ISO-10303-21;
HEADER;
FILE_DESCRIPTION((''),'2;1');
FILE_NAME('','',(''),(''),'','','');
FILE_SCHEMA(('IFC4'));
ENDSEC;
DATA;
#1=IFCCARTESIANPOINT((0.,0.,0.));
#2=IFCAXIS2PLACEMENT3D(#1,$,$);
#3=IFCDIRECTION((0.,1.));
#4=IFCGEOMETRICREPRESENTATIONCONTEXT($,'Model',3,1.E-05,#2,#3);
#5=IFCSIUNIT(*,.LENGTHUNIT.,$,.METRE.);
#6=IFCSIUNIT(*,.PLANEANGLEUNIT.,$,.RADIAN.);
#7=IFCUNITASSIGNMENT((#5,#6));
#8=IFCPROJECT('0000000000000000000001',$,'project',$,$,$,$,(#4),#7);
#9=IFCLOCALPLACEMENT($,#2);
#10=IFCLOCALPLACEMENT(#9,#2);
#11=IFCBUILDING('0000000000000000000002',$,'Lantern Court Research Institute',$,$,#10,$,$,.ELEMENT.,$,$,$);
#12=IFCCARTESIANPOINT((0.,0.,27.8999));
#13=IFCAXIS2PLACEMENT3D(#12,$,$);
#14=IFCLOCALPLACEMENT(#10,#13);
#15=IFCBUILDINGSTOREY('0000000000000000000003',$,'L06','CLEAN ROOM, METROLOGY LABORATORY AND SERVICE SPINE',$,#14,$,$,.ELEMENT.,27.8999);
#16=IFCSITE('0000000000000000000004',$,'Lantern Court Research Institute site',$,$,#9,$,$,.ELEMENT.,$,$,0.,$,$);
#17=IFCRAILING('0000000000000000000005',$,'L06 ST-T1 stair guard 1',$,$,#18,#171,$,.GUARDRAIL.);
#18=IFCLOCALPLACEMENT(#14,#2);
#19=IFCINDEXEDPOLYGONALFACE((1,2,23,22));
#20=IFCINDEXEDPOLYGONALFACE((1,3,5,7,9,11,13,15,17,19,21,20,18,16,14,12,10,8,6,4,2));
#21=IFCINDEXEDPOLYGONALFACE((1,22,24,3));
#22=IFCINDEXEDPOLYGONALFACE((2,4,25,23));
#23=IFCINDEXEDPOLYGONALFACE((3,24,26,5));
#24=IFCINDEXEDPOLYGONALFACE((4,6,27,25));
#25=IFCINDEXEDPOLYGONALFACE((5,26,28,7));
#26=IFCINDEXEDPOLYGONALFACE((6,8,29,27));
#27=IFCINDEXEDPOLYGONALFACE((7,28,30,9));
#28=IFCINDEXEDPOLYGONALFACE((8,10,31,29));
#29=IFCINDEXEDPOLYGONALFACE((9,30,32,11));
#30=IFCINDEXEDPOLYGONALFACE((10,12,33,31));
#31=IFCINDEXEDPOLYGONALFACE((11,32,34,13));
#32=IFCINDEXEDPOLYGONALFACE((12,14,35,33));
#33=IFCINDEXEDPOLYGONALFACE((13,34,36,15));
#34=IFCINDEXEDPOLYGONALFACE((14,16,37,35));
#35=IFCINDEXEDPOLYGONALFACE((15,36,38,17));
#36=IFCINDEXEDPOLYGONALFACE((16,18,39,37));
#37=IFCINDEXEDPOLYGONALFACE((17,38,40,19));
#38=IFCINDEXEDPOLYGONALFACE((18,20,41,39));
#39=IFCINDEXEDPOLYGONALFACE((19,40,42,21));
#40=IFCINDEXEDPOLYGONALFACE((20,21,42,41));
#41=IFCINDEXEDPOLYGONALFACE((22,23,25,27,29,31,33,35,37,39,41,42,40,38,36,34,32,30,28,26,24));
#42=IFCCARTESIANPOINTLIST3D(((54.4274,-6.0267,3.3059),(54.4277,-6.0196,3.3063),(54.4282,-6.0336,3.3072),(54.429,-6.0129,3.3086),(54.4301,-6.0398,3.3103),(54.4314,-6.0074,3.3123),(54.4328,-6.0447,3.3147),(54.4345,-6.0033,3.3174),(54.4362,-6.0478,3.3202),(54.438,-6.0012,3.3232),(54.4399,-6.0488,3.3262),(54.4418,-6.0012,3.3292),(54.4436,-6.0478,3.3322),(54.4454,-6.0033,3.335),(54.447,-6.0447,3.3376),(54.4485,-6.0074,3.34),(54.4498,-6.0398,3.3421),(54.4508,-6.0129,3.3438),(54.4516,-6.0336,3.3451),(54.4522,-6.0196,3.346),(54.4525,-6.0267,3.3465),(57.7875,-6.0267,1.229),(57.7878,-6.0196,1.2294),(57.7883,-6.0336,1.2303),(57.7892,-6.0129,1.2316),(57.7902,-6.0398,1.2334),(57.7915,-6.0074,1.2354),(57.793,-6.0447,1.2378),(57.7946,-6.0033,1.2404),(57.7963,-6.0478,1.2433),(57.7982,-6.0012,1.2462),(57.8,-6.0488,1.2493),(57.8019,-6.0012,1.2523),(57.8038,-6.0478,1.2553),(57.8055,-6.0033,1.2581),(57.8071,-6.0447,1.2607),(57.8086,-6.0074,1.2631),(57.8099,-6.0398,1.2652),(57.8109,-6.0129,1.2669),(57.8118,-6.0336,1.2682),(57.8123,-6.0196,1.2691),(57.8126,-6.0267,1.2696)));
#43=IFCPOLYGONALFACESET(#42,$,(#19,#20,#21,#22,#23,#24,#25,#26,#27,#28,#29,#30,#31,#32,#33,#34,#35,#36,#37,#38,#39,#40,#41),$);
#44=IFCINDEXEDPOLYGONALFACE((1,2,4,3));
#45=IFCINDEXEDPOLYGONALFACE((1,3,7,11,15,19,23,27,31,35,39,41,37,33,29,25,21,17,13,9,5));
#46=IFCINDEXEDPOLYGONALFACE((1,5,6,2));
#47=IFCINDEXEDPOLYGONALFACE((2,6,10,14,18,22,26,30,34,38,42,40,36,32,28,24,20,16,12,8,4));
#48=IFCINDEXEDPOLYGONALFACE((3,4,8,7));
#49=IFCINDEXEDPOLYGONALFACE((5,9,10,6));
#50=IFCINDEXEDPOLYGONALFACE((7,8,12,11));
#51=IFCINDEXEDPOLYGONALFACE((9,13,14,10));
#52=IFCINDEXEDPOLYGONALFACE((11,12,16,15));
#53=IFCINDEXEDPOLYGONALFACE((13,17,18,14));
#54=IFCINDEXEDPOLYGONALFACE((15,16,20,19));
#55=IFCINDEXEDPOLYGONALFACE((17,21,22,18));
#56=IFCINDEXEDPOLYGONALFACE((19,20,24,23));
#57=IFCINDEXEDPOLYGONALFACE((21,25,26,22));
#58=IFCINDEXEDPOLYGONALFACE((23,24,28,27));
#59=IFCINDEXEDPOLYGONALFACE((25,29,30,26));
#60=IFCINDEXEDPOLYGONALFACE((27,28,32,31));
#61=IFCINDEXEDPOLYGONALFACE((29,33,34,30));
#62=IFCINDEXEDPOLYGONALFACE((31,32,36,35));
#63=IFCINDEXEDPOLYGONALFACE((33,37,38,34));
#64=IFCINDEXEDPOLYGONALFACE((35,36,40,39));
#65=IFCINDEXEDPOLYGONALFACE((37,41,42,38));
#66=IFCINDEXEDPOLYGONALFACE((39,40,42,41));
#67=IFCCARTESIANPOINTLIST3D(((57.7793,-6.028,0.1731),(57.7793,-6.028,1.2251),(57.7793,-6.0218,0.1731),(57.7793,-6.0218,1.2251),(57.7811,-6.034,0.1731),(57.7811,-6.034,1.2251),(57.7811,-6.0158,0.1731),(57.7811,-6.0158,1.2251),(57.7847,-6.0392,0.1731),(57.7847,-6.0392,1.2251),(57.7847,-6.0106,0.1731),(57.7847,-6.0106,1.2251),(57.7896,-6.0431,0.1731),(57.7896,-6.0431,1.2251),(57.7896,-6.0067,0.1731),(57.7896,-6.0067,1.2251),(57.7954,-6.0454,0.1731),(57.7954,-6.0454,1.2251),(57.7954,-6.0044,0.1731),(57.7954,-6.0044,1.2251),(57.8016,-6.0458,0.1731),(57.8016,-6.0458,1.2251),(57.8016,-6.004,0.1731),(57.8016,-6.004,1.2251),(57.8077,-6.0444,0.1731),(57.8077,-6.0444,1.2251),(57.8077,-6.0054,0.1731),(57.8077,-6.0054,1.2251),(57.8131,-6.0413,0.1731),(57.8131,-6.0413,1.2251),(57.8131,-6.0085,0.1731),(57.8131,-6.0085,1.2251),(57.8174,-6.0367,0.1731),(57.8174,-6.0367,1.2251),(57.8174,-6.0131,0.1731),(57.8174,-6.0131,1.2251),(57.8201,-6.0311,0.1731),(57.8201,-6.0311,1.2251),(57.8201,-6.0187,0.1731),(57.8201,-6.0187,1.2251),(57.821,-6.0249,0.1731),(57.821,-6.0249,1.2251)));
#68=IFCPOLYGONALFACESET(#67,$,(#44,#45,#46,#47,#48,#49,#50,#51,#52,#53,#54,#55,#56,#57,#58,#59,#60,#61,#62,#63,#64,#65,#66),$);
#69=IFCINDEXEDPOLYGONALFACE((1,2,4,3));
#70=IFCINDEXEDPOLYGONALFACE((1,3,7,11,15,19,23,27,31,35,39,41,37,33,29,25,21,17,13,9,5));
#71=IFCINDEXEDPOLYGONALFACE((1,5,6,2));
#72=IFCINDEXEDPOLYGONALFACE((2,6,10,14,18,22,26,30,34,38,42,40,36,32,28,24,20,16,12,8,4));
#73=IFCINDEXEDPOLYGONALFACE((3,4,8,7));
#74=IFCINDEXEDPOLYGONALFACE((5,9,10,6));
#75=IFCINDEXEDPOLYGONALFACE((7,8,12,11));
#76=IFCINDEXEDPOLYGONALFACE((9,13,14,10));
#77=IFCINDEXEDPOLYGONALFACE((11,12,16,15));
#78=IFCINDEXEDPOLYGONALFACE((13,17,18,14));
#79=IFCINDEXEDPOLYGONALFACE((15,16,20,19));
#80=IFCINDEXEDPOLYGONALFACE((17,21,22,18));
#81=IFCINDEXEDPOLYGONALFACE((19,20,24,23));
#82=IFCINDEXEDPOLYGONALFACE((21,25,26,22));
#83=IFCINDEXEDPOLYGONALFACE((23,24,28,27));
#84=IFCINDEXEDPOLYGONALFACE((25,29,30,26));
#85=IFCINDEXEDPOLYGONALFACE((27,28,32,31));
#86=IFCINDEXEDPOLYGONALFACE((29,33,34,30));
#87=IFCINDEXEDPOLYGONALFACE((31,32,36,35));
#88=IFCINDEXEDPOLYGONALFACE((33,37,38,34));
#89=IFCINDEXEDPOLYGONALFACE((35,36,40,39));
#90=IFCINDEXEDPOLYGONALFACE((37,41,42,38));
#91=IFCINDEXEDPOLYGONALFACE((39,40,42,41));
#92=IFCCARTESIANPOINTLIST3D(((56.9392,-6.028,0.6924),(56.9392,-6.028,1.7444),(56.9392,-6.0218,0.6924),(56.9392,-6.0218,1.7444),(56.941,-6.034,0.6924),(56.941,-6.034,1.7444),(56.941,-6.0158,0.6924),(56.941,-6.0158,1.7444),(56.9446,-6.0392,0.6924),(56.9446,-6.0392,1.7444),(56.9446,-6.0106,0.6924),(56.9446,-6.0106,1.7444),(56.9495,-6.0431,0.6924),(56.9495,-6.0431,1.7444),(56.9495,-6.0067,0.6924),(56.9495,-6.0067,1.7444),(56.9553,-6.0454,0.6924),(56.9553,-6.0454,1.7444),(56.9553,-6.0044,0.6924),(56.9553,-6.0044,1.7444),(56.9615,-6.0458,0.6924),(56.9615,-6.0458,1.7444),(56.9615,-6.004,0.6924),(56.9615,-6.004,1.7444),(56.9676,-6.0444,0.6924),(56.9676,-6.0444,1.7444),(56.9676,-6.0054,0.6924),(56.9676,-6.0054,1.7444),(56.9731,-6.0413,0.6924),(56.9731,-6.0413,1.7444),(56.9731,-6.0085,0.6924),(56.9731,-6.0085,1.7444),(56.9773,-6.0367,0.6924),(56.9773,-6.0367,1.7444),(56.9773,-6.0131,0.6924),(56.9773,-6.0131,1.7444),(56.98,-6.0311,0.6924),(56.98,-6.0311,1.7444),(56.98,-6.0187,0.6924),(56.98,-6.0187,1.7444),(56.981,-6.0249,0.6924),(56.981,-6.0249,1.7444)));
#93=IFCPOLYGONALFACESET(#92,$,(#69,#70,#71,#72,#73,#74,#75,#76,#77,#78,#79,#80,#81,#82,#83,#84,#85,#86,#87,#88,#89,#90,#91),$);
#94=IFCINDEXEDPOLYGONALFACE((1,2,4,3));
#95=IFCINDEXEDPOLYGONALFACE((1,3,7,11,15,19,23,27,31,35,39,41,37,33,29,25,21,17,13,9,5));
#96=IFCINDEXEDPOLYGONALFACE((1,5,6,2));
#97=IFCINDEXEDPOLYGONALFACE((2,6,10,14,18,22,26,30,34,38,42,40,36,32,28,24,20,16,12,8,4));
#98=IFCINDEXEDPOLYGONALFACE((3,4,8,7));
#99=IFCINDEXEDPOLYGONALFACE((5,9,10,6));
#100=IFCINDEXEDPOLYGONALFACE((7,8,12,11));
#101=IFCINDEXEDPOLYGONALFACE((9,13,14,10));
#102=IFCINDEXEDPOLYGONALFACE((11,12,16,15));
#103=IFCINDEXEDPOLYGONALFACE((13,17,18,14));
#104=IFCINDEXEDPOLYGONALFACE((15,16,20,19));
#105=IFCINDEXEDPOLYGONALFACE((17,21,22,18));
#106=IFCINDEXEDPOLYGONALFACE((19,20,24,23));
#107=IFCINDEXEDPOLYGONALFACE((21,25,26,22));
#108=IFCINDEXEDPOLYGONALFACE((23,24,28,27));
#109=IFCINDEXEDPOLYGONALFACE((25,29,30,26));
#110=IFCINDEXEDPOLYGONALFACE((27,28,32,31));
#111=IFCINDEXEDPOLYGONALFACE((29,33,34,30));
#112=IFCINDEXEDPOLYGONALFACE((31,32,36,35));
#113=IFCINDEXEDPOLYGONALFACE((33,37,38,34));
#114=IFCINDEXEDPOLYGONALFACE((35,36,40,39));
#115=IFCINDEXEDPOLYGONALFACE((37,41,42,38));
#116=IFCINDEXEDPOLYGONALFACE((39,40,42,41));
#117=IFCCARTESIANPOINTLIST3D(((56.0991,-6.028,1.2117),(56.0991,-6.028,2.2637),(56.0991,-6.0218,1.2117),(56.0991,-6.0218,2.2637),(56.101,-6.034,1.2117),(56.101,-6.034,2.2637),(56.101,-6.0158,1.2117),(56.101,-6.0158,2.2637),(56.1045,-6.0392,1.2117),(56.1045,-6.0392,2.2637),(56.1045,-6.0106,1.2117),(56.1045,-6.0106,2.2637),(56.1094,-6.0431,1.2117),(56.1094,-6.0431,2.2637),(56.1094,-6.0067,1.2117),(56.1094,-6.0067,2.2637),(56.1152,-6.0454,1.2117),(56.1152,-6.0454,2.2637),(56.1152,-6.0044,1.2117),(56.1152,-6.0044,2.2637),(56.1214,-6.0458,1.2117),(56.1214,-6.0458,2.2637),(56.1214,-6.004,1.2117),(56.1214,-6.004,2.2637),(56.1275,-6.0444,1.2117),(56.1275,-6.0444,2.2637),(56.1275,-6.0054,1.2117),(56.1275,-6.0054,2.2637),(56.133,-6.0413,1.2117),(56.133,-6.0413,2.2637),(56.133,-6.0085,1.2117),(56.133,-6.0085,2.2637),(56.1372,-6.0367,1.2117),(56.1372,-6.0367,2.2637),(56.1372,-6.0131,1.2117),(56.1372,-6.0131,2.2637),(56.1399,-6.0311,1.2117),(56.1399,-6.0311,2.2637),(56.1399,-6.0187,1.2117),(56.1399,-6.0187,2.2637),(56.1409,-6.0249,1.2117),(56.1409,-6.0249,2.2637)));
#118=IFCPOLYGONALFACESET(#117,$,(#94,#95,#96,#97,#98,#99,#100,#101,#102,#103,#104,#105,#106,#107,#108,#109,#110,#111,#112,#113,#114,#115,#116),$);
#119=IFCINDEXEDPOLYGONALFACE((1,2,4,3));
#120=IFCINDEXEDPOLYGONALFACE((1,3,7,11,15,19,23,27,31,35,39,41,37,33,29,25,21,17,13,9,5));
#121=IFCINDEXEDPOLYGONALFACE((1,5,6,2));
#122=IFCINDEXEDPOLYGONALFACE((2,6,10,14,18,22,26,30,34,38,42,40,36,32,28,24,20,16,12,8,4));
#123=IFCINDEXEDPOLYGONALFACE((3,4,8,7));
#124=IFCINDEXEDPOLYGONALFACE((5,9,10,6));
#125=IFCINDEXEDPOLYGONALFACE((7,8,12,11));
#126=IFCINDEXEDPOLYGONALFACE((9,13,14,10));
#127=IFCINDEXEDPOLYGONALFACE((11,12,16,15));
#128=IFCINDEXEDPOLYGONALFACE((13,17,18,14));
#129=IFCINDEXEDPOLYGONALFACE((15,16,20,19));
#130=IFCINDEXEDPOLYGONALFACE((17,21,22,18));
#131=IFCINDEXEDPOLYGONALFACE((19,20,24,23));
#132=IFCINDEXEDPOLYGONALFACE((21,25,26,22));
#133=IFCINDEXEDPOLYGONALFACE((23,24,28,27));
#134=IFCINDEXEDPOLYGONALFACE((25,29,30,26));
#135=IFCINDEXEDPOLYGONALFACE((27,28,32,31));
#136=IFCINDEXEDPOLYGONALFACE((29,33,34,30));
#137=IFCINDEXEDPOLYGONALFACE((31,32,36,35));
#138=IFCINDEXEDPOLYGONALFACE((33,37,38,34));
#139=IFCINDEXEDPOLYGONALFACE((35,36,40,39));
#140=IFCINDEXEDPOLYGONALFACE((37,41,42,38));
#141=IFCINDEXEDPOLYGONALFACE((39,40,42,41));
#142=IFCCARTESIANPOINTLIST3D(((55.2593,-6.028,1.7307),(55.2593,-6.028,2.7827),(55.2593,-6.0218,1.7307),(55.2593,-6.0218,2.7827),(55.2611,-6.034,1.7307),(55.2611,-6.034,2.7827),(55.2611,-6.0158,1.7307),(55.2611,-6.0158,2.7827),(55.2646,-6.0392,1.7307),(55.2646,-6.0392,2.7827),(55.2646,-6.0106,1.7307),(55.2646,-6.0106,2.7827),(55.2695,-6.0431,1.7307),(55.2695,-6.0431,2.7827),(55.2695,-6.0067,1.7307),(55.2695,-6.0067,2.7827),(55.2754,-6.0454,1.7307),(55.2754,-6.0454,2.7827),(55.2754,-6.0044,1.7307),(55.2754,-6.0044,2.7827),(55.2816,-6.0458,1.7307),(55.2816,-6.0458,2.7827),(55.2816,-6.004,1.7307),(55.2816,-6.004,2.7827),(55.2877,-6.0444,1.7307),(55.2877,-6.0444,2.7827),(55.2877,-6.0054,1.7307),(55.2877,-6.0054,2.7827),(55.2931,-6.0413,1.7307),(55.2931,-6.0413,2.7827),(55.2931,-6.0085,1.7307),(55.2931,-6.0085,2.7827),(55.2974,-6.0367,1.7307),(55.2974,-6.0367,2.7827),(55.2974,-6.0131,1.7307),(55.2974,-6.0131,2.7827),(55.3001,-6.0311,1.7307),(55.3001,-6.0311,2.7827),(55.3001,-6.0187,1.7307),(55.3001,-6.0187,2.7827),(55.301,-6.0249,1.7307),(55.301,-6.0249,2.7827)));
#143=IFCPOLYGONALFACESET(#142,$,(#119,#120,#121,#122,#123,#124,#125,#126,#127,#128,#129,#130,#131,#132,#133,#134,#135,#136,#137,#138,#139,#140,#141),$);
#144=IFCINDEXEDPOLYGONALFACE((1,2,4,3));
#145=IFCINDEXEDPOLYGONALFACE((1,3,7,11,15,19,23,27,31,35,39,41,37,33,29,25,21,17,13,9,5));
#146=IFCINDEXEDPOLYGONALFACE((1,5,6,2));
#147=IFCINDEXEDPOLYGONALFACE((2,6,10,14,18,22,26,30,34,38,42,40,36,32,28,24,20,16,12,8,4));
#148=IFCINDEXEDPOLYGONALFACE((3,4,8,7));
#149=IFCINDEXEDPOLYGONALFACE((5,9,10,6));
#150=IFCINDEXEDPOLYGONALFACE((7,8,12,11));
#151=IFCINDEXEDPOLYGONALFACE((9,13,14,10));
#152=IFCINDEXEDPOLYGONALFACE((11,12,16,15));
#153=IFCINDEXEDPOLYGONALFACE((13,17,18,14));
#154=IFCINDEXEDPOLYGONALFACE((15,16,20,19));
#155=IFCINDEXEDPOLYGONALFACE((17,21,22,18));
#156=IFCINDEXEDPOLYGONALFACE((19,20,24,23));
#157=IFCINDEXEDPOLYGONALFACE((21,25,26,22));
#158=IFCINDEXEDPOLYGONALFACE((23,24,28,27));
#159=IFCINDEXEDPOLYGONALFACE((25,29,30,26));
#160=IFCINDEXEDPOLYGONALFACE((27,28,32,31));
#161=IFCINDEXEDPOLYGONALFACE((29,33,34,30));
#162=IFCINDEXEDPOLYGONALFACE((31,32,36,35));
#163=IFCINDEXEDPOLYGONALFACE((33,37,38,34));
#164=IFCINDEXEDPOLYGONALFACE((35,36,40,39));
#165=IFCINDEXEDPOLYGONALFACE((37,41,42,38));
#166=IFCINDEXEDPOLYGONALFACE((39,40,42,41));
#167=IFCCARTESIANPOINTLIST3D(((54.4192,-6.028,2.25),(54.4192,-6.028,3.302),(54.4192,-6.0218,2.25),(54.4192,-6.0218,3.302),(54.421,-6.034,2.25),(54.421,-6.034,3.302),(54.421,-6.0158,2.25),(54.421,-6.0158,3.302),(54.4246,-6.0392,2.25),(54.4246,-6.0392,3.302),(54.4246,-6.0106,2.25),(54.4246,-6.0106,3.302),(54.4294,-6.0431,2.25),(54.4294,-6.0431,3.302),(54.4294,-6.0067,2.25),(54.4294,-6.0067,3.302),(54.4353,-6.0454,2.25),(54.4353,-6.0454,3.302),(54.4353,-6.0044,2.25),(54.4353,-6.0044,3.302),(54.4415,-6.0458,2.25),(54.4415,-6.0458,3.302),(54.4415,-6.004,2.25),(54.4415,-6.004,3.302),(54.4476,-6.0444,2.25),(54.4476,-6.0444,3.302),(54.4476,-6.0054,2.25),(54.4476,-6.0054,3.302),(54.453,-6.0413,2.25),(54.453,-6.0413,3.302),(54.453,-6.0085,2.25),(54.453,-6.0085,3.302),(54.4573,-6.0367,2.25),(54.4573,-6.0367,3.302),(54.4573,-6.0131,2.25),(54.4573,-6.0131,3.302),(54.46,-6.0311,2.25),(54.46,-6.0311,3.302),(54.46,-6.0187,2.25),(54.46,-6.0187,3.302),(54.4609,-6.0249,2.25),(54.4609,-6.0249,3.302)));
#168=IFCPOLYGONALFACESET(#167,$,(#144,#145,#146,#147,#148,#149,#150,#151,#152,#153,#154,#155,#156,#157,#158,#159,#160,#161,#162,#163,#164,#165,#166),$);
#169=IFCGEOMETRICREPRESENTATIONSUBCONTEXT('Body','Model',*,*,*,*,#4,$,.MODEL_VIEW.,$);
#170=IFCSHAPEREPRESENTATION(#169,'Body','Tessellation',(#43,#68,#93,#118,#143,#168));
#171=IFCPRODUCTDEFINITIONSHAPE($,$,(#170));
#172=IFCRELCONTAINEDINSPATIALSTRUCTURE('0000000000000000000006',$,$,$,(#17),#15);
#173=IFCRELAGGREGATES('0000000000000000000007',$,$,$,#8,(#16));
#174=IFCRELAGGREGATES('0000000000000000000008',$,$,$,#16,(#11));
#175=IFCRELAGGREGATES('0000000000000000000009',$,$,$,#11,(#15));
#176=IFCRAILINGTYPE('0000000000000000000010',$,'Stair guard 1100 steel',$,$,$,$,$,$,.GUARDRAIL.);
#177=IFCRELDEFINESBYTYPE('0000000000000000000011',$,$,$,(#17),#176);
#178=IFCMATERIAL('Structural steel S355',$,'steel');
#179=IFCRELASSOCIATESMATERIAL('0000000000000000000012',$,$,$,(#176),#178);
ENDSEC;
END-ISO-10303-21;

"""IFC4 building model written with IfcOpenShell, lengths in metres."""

from ifc_helpers import new_model, si_unit, direction, frame, origin, origin_2d, place, context, subcontext, project, spatial, circle, extrude, material, type_object, element, save


model = new_model("IFC4")

# Units and contexts
model_context = context("Model", 3, precision=1e-05, world=origin(), true_north=direction((0.0, 1.0)))
body_context = subcontext(model_context, "Body", "Model", "MODEL_VIEW")
ifc_project = project(units=[si_unit("LENGTHUNIT", "METRE"), si_unit("PLANEANGLEUNIT", "RADIAN")], contexts=[model_context])

# Site, building, storey
site_placement = place(None, origin())
site = spatial("IfcSite", under=ifc_project, at=site_placement, Name="Lantern Court Research Institute site", CompositionType="ELEMENT", RefElevation=0.0)
building_placement = place(site_placement, origin())
building = spatial("IfcBuilding", under=site, at=building_placement, Name="Lantern Court Research Institute", CompositionType="ELEMENT")
storey_placement = place(building_placement, frame((0.0, 0.0, 27.8999)))
storey = spatial("IfcBuildingStorey", under=building, at=storey_placement, Name="L06", Description="CLEAN ROOM, METROLOGY LABORATORY AND SERVICE SPINE", CompositionType="ELEMENT", Elevation=27.8999)

# Railing
ifc_material_1 = material(Name="Structural steel S355", Category="steel")
railing_type_1 = type_object("IfcRailingType", Name="Stair guard 1100 steel", PredefinedType="GUARDRAIL", material=ifc_material_1)
railing_1_placement = place(storey_placement, frame((57.8, -6.0249, 0.1731)))
element("IfcRailing", 1, at=railing_1_placement, inside=storey, type_object=railing_type_1, Name="L06 ST-T1 stair guard 1", PredefinedType="GUARDRAIL", context=body_context, shape_type="SweptSolid", body=[
    extrude(circle(Radius=0.0239, at=origin_2d()), frame((0.0, 0.0, 1.0762), z_axis=(-0.850623, 0.0, 0.525776), x_axis=(0.0, -1.0, 0.0)), (0.0, 0.0, 1.0), 3.9502),
    extrude(circle(Radius=0.021, at=origin_2d()), origin(), (0.0, 0.0, 1.0), 1.052),
    extrude(circle(Radius=0.021, at=origin_2d()), frame((-0.8401, 0.0, 0.5193)), (0.0, 0.0, 1.0), 1.052),
    extrude(circle(Radius=0.021, at=origin_2d()), frame((-1.6802, 0.0, 1.0386)), (0.0, 0.0, 1.0), 1.052),
    extrude(circle(Radius=0.021, at=origin_2d()), frame((-2.52, 0.0, 1.5576)), (0.0, 0.0, 1.0), 1.052),
    extrude(circle(Radius=0.021, at=origin_2d()), frame((-3.3601, 0.0, 2.0769)), (0.0, 0.0, 1.0), 1.052),
])

save(model, "model.ifc")
